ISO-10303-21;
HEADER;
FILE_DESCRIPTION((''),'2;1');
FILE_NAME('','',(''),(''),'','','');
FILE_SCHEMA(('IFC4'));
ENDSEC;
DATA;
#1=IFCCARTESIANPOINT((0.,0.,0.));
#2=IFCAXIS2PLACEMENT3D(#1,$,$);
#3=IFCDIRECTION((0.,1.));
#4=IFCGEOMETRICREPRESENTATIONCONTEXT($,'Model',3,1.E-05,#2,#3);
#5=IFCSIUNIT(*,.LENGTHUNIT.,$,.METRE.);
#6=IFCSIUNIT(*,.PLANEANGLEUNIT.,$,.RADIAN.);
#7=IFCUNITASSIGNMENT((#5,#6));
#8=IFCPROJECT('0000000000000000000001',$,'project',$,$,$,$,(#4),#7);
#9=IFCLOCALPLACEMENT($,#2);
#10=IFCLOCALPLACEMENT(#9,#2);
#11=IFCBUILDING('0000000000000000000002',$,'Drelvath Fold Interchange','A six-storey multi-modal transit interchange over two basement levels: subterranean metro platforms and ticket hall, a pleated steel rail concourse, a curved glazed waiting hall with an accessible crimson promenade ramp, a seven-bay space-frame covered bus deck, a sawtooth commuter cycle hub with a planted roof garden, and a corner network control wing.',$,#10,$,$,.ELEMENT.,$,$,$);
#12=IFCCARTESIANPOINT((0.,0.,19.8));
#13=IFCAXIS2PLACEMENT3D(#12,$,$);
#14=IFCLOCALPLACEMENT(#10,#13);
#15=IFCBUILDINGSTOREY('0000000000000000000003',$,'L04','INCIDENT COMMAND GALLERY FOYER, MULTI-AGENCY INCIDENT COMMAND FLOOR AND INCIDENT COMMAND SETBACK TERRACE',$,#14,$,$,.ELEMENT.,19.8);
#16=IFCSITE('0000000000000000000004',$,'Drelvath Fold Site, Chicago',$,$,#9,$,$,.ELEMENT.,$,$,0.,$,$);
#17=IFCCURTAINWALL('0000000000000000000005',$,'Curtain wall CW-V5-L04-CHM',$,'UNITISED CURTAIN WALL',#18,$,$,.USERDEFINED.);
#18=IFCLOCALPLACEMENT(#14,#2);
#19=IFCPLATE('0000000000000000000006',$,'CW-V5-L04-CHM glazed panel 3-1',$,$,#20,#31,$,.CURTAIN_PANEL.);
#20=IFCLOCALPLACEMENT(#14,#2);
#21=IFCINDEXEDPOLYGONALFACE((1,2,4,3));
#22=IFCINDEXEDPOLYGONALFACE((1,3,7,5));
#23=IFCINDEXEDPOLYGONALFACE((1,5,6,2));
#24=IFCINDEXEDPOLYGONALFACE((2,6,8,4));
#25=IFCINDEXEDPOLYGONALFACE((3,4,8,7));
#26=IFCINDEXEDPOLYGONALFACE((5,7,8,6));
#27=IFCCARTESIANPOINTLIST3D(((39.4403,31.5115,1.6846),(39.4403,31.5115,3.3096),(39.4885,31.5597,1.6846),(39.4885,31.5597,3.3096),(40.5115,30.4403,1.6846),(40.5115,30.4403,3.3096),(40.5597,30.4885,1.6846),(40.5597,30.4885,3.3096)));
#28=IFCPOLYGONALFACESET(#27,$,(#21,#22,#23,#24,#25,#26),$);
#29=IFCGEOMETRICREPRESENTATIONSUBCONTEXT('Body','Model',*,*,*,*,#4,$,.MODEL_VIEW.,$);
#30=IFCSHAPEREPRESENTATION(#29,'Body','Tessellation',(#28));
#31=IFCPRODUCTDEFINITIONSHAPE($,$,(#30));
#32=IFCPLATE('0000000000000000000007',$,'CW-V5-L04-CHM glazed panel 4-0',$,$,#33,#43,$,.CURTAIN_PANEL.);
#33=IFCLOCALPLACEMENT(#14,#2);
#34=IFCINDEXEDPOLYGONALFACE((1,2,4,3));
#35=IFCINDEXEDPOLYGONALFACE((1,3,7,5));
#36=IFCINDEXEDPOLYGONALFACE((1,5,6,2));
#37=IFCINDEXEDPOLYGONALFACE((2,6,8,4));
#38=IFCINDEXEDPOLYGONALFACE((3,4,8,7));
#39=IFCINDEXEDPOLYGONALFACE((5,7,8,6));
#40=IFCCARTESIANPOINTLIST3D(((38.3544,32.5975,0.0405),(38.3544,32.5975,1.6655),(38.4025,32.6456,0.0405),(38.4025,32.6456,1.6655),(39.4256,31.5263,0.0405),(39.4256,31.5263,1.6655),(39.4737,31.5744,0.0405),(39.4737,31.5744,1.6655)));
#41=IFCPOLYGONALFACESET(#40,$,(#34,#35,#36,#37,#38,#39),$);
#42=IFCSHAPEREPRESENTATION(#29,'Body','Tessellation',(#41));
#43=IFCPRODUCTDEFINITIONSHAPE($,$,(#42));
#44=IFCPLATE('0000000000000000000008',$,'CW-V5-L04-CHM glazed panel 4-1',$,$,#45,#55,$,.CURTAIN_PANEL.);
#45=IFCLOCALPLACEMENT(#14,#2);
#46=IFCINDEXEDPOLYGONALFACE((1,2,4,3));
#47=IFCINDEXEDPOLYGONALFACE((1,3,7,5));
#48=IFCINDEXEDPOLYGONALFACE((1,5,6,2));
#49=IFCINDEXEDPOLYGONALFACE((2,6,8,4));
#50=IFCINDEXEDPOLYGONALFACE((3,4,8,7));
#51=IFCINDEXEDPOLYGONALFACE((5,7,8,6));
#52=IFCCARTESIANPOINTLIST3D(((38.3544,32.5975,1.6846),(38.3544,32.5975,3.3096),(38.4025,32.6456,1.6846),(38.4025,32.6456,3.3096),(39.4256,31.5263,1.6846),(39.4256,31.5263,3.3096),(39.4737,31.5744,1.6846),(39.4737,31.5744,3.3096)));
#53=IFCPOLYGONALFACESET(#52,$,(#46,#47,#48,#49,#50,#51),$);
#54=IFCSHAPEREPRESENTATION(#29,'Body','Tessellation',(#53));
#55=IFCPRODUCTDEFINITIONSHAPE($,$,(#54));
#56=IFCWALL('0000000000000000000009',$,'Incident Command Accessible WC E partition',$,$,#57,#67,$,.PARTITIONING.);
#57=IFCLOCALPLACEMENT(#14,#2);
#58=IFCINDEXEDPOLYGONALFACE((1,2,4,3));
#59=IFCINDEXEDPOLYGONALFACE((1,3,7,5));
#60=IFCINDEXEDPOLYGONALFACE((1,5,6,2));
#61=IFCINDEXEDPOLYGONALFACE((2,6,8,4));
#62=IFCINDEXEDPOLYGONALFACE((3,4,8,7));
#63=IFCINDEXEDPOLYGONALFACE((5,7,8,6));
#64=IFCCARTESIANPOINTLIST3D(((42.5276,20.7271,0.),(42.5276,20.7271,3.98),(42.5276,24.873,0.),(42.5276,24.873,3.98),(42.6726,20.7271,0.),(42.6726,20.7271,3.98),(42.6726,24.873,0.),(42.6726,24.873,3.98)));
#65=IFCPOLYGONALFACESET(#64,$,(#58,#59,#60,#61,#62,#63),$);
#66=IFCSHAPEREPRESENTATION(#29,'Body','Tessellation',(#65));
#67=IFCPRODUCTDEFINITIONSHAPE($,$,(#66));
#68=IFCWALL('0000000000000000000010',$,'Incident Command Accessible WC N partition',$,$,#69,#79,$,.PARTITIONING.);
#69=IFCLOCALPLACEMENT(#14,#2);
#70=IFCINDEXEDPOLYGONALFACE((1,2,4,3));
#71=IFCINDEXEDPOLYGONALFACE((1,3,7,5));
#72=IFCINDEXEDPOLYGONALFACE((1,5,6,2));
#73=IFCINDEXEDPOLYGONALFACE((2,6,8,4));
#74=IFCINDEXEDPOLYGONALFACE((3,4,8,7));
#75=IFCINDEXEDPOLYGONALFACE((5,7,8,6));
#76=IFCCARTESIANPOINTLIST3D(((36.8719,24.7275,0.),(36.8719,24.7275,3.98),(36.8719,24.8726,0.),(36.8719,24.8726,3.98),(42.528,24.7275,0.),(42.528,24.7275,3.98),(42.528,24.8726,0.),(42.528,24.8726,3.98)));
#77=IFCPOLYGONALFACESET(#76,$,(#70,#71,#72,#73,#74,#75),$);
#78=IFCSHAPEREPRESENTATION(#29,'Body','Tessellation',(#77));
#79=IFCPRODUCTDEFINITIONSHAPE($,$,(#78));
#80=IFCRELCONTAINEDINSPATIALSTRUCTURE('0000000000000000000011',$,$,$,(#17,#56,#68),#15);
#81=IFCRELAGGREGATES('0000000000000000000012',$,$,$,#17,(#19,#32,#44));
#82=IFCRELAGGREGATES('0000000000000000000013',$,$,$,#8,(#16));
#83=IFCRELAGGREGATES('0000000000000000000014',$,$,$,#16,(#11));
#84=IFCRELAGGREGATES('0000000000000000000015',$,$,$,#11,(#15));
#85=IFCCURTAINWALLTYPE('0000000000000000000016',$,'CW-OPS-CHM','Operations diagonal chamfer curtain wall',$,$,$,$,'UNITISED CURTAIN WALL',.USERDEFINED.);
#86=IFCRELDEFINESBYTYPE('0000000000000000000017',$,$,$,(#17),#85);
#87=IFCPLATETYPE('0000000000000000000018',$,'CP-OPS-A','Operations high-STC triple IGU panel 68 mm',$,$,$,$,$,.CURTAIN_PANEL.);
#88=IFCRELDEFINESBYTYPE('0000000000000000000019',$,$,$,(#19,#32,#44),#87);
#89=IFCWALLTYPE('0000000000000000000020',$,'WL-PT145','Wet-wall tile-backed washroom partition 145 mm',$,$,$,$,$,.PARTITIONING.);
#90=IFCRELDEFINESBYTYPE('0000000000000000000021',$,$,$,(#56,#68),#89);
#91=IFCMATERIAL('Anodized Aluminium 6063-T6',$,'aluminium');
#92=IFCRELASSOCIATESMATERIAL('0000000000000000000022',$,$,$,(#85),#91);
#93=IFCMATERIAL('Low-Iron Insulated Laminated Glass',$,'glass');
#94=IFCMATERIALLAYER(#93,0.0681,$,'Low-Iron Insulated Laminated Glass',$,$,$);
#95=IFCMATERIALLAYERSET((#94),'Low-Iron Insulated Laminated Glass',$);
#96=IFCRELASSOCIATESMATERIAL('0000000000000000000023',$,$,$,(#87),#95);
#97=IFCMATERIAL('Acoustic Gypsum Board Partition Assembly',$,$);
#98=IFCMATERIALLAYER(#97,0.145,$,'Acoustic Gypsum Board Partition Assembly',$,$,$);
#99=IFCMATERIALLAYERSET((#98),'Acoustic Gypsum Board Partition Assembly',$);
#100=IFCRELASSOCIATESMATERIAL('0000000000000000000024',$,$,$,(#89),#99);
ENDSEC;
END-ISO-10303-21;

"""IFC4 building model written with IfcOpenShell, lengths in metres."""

from ifc_helpers import new_model, si_unit, direction, frame, frame_2d, origin, origin_2d, place, context, subcontext, project, spatial, rectangle, extrude, material, layer, layer_set, type_object, element, aggregate, save


model = new_model("IFC4")

# Units and contexts
model_context = context("Model", 3, precision=1e-05, world=origin(), true_north=direction((0.0, 1.0)))
body_context = subcontext(model_context, "Body", "Model", "MODEL_VIEW")
ifc_project = project(units=[si_unit("LENGTHUNIT", "METRE"), si_unit("PLANEANGLEUNIT", "RADIAN")], contexts=[model_context])

# Site, building, storey
site_placement = place(None, origin())
site = spatial("IfcSite", under=ifc_project, at=site_placement, Name="Drelvath Fold Site, Chicago", CompositionType="ELEMENT", RefElevation=0.0)
building_placement = place(site_placement, origin())
building = spatial("IfcBuilding", under=site, at=building_placement, Name="Drelvath Fold Interchange", Description="A six-storey multi-modal transit interchange over two basement levels: subterranean metro platforms and ticket hall, a pleated steel rail concourse, a curved glazed waiting hall with an accessible crimson promenade ramp, a seven-bay space-frame covered bus deck, a sawtooth commuter cycle hub with a planted roof garden, and a corner network control wing.", CompositionType="ELEMENT")
storey_placement = place(building_placement, frame((0.0, 0.0, 19.8)))
storey = spatial("IfcBuildingStorey", under=building, at=storey_placement, Name="L04", Description="INCIDENT COMMAND GALLERY FOYER, MULTI-AGENCY INCIDENT COMMAND FLOOR AND INCIDENT COMMAND SETBACK TERRACE", CompositionType="ELEMENT", Elevation=19.8)

# Curtain wall
ifc_material_1 = material(Name="Anodized Aluminium 6063-T6", Category="aluminium")
curtain_wall_type_1 = type_object("IfcCurtainWallType", Name="CW-OPS-CHM", Description="Operations diagonal chamfer curtain wall", ElementType="UNITISED CURTAIN WALL", PredefinedType="USERDEFINED", material=ifc_material_1)
curtain_wall_1_placement = place(storey_placement, origin())
curtain_wall_1 = element("IfcCurtainWall", 1, at=curtain_wall_1_placement, inside=storey, type_object=curtain_wall_type_1, Name="Curtain wall CW-V5-L04-CHM", ObjectType="UNITISED CURTAIN WALL", PredefinedType="USERDEFINED")

# Plates
ifc_material_2 = material(Name="Low-Iron Insulated Laminated Glass", Category="glass")
ifc_layer_1 = layer(ifc_material_2, 0.0681, Name="Low-Iron Insulated Laminated Glass")
ifc_layer_set_1 = layer_set([ifc_layer_1], Name="Low-Iron Insulated Laminated Glass")
plate_type = type_object("IfcPlateType", Name="CP-OPS-A", Description="Operations high-STC triple IGU panel 68 mm", PredefinedType="CURTAIN_PANEL", material=ifc_layer_set_1)
plate_1_placement = place(storey_placement, frame((40.0, 31.0, 1.6846), z_axis=(0.0, 0.0, 1.0), x_axis=(-0.707107, 0.707107, 0.0)))
plate_1 = element("IfcPlate", 2, at=plate_1_placement, type_object=plate_type, Name="CW-V5-L04-CHM glazed panel 3-1", PredefinedType="CURTAIN_PANEL", context=body_context, shape_type="SweptSolid", body=[
    extrude(rectangle(XDim=1.5149, YDim=0.0681, at=origin_2d()), origin(), (0.0, 0.0, 1.0), 1.625),
])
plate_2_placement = place(storey_placement, frame((38.9141, 32.0859, 0.0405), z_axis=(0.0, 0.0, 1.0), x_axis=(-0.707107, 0.707107, 0.0)))
plate_2 = element("IfcPlate", 3, at=plate_2_placement, type_object=plate_type, Name="CW-V5-L04-CHM glazed panel 4-0", PredefinedType="CURTAIN_PANEL", context=body_context, shape_type="SweptSolid", body=[
    extrude(rectangle(XDim=1.5149, YDim=0.0681, at=origin_2d()), origin(), (0.0, 0.0, 1.0), 1.625),
])
plate_3_placement = place(storey_placement, frame((38.9141, 32.0859, 1.6846), z_axis=(0.0, 0.0, 1.0), x_axis=(-0.707107, 0.707107, 0.0)))
plate_3 = element("IfcPlate", 4, at=plate_3_placement, type_object=plate_type, Name="CW-V5-L04-CHM glazed panel 4-1", PredefinedType="CURTAIN_PANEL", context=body_context, shape_type="SweptSolid", body=[
    extrude(rectangle(XDim=1.5149, YDim=0.0681, at=origin_2d()), origin(), (0.0, 0.0, 1.0), 1.625),
])
aggregate(curtain_wall_1, [plate_1, plate_2, plate_3])

# Walls
ifc_material_3 = material(Name="Acoustic Gypsum Board Partition Assembly")
ifc_layer_2 = layer(ifc_material_3, 0.145, Name="Acoustic Gypsum Board Partition Assembly")
ifc_layer_set_2 = layer_set([ifc_layer_2], Name="Acoustic Gypsum Board Partition Assembly")
wall_type = type_object("IfcWallType", Name="WL-PT145", Description="Wet-wall tile-backed washroom partition 145 mm", PredefinedType="PARTITIONING", material=ifc_layer_set_2)
wall_1_placement = place(storey_placement, frame((42.6001, 20.7271, 0.0), z_axis=(0.0, 0.0, 1.0), x_axis=(0.0, 1.0, 0.0)))
element("IfcWall", 5, at=wall_1_placement, inside=storey, type_object=wall_type, Name="Incident Command Accessible WC E partition", PredefinedType="PARTITIONING", context=body_context, shape_type="SweptSolid", body=[
    extrude(rectangle(XDim=4.146, YDim=0.145, at=frame_2d((2.073, 0.0))), origin(), (0.0, 0.0, 1.0), 3.98),
])
wall_2_placement = place(storey_placement, frame((42.5281, 24.8, 0.0), z_axis=(0.0, 0.0, 1.0), x_axis=(-1.0, 0.0, 0.0)))
element("IfcWall", 6, at=wall_2_placement, inside=storey, type_object=wall_type, Name="Incident Command Accessible WC N partition", PredefinedType="PARTITIONING", context=body_context, shape_type="SweptSolid", body=[
    extrude(rectangle(XDim=5.656, YDim=0.145, at=frame_2d((2.8281, 0.0))), origin(), (0.0, 0.0, 1.0), 3.98),
])

save(model, "model.ifc")
